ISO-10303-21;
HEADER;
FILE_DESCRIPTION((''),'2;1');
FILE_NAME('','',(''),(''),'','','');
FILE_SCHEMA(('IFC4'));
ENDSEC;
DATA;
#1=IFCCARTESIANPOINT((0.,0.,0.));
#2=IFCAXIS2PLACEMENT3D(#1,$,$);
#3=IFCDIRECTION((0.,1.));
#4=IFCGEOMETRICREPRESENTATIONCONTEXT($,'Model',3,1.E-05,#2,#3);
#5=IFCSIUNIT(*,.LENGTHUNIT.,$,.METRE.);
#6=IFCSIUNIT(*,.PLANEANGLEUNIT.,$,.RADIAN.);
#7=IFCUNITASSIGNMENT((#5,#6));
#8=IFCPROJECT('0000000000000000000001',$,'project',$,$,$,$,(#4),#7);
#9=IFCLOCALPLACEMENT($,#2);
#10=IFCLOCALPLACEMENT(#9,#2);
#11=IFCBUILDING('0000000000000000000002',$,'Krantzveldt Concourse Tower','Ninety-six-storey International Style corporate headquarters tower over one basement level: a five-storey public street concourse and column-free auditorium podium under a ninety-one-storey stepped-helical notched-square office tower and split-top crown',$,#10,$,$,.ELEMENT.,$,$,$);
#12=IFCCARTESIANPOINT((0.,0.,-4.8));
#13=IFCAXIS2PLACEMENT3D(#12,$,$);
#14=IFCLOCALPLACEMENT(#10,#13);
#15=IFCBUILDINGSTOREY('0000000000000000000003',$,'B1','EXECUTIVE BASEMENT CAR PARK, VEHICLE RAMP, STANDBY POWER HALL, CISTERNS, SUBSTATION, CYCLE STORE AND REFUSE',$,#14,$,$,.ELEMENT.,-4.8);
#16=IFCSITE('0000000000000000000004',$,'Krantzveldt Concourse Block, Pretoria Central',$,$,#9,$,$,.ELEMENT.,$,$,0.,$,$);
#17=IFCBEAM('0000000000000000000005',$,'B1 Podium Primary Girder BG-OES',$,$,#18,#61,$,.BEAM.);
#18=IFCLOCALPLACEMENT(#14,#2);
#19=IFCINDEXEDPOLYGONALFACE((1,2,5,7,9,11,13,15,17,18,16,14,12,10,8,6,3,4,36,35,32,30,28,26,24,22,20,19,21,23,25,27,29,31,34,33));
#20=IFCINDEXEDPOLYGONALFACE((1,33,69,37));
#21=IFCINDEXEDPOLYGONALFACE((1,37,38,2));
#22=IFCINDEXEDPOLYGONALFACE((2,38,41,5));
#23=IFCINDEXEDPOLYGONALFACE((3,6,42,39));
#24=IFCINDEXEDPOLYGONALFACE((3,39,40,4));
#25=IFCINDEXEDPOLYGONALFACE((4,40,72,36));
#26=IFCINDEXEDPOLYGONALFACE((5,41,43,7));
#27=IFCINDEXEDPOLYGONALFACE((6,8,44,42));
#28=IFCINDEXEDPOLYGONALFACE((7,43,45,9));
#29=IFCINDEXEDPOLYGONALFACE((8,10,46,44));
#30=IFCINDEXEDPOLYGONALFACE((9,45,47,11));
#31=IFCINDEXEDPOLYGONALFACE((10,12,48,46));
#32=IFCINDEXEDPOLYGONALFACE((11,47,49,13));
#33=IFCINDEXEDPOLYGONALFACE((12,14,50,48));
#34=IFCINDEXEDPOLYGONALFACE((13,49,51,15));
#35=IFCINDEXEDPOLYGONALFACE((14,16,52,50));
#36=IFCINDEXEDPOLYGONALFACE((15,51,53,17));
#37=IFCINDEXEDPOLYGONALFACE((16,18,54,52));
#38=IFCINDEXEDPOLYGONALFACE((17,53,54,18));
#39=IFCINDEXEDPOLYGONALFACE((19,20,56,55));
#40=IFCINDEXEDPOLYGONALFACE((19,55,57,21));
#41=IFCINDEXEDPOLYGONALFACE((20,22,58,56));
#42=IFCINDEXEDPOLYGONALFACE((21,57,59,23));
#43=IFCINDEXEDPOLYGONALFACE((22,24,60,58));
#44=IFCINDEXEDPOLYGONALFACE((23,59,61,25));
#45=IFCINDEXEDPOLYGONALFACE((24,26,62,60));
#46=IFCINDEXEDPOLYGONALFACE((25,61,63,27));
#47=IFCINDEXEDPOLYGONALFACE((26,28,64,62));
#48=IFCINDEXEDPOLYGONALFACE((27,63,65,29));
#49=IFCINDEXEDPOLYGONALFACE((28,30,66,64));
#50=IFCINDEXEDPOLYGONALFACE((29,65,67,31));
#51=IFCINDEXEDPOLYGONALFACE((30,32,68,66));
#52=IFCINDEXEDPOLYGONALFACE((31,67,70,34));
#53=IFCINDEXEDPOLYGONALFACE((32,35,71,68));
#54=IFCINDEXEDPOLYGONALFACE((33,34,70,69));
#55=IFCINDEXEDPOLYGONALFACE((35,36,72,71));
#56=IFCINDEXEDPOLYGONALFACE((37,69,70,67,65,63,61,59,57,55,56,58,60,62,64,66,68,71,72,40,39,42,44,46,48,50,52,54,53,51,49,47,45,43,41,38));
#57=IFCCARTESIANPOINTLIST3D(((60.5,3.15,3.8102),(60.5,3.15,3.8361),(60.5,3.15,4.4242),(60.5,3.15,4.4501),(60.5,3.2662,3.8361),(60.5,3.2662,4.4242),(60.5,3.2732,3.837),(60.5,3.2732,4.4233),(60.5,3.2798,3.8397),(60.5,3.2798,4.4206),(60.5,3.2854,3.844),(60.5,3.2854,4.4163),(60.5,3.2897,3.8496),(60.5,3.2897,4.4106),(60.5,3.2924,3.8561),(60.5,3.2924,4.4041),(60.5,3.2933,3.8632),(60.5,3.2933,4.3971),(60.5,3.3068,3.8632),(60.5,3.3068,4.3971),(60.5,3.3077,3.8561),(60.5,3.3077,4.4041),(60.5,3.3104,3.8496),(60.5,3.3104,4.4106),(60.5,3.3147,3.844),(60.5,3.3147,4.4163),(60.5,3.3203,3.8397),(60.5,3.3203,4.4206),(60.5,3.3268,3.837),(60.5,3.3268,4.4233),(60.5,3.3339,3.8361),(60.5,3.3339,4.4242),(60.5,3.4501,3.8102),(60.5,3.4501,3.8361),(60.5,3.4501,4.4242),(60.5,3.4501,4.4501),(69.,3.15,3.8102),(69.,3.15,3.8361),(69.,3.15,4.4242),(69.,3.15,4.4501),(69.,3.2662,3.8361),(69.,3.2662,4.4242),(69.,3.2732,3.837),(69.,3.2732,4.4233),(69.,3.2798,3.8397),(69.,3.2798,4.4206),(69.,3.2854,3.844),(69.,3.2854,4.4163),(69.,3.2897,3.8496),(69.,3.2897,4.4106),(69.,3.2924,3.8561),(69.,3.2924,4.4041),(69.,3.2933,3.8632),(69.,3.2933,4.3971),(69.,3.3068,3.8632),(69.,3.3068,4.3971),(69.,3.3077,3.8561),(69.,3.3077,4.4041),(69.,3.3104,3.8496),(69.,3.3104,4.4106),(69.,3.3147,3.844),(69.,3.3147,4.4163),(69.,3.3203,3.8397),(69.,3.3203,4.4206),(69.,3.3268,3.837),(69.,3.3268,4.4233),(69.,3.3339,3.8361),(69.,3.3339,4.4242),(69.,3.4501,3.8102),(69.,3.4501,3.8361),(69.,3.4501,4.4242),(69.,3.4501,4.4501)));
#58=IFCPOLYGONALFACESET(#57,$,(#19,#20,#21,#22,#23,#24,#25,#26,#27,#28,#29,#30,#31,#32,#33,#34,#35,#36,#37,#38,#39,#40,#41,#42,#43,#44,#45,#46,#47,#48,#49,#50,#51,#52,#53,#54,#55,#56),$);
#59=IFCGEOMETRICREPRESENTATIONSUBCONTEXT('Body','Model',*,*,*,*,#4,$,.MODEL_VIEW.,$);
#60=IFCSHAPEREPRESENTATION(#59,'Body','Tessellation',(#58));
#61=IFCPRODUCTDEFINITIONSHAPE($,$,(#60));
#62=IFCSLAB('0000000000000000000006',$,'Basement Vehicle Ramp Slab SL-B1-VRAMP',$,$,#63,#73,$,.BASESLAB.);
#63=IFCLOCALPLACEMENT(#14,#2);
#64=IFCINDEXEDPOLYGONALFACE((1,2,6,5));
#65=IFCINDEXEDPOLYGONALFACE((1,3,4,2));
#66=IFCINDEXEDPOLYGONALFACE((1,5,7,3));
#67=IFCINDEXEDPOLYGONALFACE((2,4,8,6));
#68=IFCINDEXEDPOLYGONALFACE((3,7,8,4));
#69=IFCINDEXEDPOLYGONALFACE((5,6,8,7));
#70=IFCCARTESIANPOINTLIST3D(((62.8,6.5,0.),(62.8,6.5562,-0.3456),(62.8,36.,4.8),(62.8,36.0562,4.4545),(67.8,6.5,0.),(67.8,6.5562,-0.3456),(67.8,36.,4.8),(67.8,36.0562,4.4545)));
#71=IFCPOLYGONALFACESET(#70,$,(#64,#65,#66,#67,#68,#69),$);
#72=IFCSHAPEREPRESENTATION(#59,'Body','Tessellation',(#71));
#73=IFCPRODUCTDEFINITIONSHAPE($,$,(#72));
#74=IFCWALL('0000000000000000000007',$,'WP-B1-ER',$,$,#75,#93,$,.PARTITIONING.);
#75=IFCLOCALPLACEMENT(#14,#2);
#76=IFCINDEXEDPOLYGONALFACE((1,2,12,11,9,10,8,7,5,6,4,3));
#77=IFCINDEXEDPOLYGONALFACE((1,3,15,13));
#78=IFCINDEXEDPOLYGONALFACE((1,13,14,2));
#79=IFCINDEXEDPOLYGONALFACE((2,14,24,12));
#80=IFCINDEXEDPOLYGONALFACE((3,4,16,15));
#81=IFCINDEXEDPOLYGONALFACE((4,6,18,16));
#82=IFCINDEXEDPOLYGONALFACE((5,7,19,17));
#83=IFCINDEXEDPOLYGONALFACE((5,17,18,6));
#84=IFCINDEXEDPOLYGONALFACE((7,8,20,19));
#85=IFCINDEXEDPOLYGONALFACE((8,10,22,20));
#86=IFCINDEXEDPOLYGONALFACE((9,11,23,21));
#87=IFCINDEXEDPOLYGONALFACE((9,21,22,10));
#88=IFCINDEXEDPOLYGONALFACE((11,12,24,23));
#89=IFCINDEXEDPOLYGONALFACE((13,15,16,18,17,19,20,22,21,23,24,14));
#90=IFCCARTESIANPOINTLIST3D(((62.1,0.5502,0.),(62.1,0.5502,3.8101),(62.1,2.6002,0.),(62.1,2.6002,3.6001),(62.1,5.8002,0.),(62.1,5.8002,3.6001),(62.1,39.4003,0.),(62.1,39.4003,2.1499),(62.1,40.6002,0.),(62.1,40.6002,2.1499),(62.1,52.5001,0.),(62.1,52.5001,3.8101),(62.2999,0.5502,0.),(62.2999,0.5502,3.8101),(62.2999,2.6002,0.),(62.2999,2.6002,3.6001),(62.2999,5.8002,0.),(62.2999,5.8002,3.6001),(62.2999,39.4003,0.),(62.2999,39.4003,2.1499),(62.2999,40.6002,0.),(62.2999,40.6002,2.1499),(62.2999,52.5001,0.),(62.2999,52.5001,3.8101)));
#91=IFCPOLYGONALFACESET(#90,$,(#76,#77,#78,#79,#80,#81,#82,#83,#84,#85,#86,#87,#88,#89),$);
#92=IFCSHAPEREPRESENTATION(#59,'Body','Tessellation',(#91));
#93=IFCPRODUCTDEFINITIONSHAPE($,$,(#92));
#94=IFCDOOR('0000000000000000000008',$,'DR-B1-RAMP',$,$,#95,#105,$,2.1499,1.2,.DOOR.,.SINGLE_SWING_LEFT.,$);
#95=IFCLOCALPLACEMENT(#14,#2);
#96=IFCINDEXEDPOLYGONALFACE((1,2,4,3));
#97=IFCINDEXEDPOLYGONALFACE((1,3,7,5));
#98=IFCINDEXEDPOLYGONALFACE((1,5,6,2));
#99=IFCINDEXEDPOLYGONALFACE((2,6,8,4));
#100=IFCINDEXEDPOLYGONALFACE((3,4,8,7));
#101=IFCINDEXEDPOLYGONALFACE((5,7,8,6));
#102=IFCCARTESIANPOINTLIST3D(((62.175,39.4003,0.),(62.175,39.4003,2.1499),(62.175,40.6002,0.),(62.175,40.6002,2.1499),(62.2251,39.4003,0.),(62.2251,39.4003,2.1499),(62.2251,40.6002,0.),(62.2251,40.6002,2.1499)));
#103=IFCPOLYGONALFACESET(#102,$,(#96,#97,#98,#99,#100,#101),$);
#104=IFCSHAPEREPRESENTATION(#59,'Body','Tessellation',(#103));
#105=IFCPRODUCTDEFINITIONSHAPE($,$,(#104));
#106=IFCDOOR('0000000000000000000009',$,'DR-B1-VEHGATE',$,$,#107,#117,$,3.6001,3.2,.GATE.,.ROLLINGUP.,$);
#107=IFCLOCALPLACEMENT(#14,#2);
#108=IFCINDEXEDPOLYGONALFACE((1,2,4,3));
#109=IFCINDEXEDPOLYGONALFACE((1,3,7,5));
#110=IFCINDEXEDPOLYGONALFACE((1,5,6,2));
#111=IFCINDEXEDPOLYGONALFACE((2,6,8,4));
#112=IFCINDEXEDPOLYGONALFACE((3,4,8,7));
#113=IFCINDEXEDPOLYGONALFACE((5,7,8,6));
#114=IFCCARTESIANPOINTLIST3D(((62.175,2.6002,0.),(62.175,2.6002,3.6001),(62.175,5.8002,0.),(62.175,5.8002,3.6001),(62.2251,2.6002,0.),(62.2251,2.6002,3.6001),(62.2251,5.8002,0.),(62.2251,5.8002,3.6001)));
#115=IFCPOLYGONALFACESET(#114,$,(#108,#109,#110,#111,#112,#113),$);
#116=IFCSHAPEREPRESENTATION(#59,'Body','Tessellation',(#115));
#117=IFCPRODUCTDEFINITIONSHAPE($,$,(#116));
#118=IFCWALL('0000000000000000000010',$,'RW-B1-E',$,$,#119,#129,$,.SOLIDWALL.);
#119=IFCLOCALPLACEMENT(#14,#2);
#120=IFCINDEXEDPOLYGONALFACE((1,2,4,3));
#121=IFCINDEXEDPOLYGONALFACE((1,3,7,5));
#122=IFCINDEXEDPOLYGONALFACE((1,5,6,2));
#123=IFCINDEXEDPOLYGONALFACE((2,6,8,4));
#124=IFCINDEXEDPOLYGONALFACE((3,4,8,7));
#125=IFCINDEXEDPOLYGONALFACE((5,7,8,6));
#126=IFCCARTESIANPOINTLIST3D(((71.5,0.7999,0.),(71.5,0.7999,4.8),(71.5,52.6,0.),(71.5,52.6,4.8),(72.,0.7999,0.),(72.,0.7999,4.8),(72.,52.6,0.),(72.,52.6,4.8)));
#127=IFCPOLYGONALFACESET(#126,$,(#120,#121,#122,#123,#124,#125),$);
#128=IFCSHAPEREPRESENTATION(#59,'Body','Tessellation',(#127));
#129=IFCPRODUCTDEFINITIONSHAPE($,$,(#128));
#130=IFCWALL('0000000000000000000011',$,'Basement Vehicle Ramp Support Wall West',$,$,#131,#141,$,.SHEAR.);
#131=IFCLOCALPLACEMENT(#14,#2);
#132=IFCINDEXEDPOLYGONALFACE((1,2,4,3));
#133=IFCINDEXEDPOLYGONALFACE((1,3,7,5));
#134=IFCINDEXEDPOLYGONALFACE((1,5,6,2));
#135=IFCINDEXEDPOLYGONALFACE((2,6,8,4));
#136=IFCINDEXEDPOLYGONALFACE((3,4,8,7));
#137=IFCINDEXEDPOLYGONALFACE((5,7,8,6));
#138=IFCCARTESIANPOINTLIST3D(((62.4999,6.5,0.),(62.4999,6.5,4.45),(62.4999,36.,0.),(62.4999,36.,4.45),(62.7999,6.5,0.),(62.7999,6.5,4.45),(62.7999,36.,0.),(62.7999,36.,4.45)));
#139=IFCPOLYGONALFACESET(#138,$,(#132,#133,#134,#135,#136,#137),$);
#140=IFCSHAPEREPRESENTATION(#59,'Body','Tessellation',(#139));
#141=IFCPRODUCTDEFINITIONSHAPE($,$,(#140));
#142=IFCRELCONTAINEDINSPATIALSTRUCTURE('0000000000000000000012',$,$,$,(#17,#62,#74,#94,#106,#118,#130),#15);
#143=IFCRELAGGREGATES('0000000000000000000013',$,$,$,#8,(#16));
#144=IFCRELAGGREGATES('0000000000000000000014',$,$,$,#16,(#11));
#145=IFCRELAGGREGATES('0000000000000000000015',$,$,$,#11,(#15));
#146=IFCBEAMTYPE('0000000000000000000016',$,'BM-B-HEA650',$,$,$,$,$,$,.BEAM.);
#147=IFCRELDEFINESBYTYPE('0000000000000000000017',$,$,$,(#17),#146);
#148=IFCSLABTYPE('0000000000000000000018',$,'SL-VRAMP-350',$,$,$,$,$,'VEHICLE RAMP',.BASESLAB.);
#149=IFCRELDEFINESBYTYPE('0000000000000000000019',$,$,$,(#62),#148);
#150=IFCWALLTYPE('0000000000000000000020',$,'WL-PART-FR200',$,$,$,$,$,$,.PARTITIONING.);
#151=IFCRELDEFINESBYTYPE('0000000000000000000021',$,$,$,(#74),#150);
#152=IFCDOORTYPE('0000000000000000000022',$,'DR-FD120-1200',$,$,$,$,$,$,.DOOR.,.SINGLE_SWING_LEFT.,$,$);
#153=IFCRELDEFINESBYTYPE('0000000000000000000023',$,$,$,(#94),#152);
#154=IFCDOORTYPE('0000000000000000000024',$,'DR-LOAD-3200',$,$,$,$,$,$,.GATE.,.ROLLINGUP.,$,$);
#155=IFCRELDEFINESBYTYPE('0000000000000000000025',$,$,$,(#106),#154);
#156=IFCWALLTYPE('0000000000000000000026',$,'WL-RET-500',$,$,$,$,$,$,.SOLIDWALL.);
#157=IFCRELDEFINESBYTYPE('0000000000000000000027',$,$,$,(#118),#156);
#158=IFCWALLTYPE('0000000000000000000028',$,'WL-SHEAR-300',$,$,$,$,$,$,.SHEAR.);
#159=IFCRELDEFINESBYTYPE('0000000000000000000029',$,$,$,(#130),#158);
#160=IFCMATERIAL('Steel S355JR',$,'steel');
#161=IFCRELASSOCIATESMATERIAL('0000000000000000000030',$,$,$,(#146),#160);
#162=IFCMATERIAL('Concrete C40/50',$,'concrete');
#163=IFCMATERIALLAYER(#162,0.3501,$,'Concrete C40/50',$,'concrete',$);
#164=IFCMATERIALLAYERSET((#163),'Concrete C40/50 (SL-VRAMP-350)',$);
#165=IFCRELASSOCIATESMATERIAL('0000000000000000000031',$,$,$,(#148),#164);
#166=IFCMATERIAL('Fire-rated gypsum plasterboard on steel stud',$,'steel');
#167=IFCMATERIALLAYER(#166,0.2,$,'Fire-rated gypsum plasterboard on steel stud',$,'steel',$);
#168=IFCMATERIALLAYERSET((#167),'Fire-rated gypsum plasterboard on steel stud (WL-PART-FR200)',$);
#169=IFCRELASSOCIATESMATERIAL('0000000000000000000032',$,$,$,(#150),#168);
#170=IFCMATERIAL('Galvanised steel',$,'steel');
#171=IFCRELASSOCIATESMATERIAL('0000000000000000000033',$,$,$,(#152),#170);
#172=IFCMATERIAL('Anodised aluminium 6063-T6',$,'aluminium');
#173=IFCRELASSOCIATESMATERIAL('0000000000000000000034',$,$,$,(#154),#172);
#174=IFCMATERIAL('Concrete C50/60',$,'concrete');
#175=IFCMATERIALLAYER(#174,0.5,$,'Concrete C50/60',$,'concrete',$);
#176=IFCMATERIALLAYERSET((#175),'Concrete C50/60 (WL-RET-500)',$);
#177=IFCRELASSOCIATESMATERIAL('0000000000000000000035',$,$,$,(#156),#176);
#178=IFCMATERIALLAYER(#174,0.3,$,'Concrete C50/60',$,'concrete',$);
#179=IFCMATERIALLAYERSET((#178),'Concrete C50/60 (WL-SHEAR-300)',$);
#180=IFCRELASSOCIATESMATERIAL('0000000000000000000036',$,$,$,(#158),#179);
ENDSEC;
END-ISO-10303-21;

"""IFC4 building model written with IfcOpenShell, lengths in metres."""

from ifc_helpers import new_model, si_unit, direction, frame, frame_2d, origin, origin_2d, place, context, subcontext, project, spatial, polyline, rectangle, i_section, outline, extrude, source, transform, mapped, material, layer, layer_set, material_profile, profile_set, type_object, type_shapes, element, fill, save


model = new_model("IFC4")

# Units and contexts
model_context = context("Model", 3, precision=1e-05, world=origin(), true_north=direction((0.0, 1.0)))
body_context = subcontext(model_context, "Body", "Model", "MODEL_VIEW")
ifc_project = project(units=[si_unit("LENGTHUNIT", "METRE"), si_unit("PLANEANGLEUNIT", "RADIAN")], contexts=[model_context])

# Site, building, storey
site_placement = place(None, origin())
site = spatial("IfcSite", under=ifc_project, at=site_placement, Name="Krantzveldt Concourse Block, Pretoria Central", CompositionType="ELEMENT", RefElevation=0.0)
building_placement = place(site_placement, origin())
building = spatial("IfcBuilding", under=site, at=building_placement, Name="Krantzveldt Concourse Tower", Description="Ninety-six-storey International Style corporate headquarters tower over one basement level: a five-storey public street concourse and column-free auditorium podium under a ninety-one-storey stepped-helical notched-square office tower and split-top crown", CompositionType="ELEMENT")
storey_placement = place(building_placement, frame((0.0, 0.0, -4.8)))
storey = spatial("IfcBuildingStorey", under=building, at=storey_placement, Name="B1", Description="EXECUTIVE BASEMENT CAR PARK, VEHICLE RAMP, STANDBY POWER HALL, CISTERNS, SUBSTATION, CYCLE STORE AND REFUSE", CompositionType="ELEMENT", Elevation=-4.8)

# Shared definitions
ifc_material_1 = material(Name="Concrete C50/60", Category="concrete")

# Shared definitions
ifc_material_2 = material(Name="Concrete C40/50", Category="concrete")

# Beam
ifc_material_3 = material(Name="Steel S355JR", Category="steel")
ifc_material_profile_1 = material_profile(ifc_material_3, i_section(OverallWidth=0.3, OverallDepth=0.6399, WebThickness=0.0134, FlangeThickness=0.0259, FilletRadius=0.0271, at=origin_2d()), Name="Steel S355JR", Category="steel")
ifc_profile_set_1 = profile_set([ifc_material_profile_1], Name="Steel S355JR - HEA 650")
beam_type_1 = type_object("IfcBeamType", Name="BM-B-HEA650", PredefinedType="BEAM", material=ifc_profile_set_1)
shared_shape_1 = source(origin(), body_context, "Body", "SweptSolid", [
    extrude(i_section(OverallWidth=0.3, OverallDepth=0.6399, WebThickness=0.0134, FlangeThickness=0.0259, FilletRadius=0.0271, at=origin_2d()), origin(), (0.0, 0.0, 1.0), 8.5),
])
type_shapes(beam_type_1, [shared_shape_1])
beam_placement = place(storey_placement, frame((60.5, 3.3, 4.1301), z_axis=(1.0, 0.0, 0.0), x_axis=(0.0, 1.0, 0.0)))
element("IfcBeam", 1, at=beam_placement, inside=storey, type_object=beam_type_1, Name="B1 Podium Primary Girder BG-OES", PredefinedType="BEAM", context=body_context, shape_type="MappedRepresentation", body=[
    mapped(shared_shape_1, transform((0.0, 0.0, 0.0), x_axis=(1.0, 0.0, 0.0), y_axis=(0.0, 1.0, 0.0), z_axis=(0.0, 0.0, 1.0), scale=1.0)),
])

# Slab
ifc_layer_1 = layer(ifc_material_2, 0.3501, Name="Concrete C40/50", Category="concrete")
ifc_layer_set_1 = layer_set([ifc_layer_1], Name="Concrete C40/50 (SL-VRAMP-350)")
slab_type = type_object("IfcSlabType", Name="SL-VRAMP-350", ElementType="VEHICLE RAMP", PredefinedType="BASESLAB", material=ifc_layer_set_1)
slab_placement = place(storey_placement, frame((62.8, 6.5, 0.0), z_axis=(0.0, -0.160601, 0.987019), x_axis=(1.0, 0.0, 0.0)))
element("IfcSlab", 2, at=slab_placement, inside=storey, type_object=slab_type, Name="Basement Vehicle Ramp Slab SL-B1-VRAMP", PredefinedType="BASESLAB", context=body_context, shape_type="SweptSolid", body=[
    extrude(outline(polyline([(0.0, 0.0), (5.0, 0.0), (5.0, 29.888), (0.0, 29.888), (0.0, 0.0)])), origin(), (0.0, 0.0, -1.0), 0.3501),
])

# Wall, openings, doors
ifc_material_4 = material(Name="Fire-rated gypsum plasterboard on steel stud", Category="steel")
ifc_layer_2 = layer(ifc_material_4, 0.2, Name="Fire-rated gypsum plasterboard on steel stud", Category="steel")
ifc_layer_set_2 = layer_set([ifc_layer_2], Name="Fire-rated gypsum plasterboard on steel stud (WL-PART-FR200)")
wall_type_1 = type_object("IfcWallType", Name="WL-PART-FR200", PredefinedType="PARTITIONING", material=ifc_layer_set_2)
wall_1_placement = place(storey_placement, frame((62.2, 0.55, 0.0), z_axis=(0.0, 0.0, 1.0), x_axis=(0.0, 1.0, 0.0)))
wall_1 = element("IfcWall", 3, at=wall_1_placement, inside=storey, type_object=wall_type_1, Name="WP-B1-ER", PredefinedType="PARTITIONING", context=body_context, shape_type="SweptSolid", body=[
    extrude(rectangle(XDim=51.95, YDim=0.2, at=frame_2d((25.9751, 0.0))), origin(), (0.0, 0.0, 1.0), 3.8101),
])
opening_1_placement = place(wall_1_placement, frame((2.05, 0.0, 0.0)))
opening_1 = element("IfcOpeningElement", 4, at=opening_1_placement, cuts=wall_1, PredefinedType="OPENING", context=body_context, shape_type="SweptSolid", body=[
    extrude(rectangle(XDim=3.2, YDim=3.6001, at=frame_2d((1.6001, 1.8))), frame((0.0, 0.1099, 0.0), z_axis=(0.0, -1.0, 0.0), x_axis=(1.0, 0.0, 0.0)), (0.0, 0.0, 1.0), 0.22),
])
opening_2_placement = place(wall_1_placement, frame((38.8501, 0.0, 0.0)))
opening_2 = element("IfcOpeningElement", 5, at=opening_2_placement, cuts=wall_1, PredefinedType="OPENING", context=body_context, shape_type="SweptSolid", body=[
    extrude(rectangle(XDim=1.2, YDim=2.1499, at=frame_2d((0.6001, 1.075))), frame((0.0, 0.1099, 0.0), z_axis=(0.0, -1.0, 0.0), x_axis=(1.0, 0.0, 0.0)), (0.0, 0.0, 1.0), 0.22),
])
ifc_material_5 = material(Name="Galvanised steel", Category="steel")
door_type_1 = type_object("IfcDoorType", Name="DR-FD120-1200", OperationType="SINGLE_SWING_LEFT", PredefinedType="DOOR", material=ifc_material_5)
door_1_placement = place(opening_2_placement, origin())
door_1 = element("IfcDoor", 6, at=door_1_placement, inside=storey, type_object=door_type_1, Name="DR-B1-RAMP", OperationType="SINGLE_SWING_LEFT", OverallHeight=2.1499, OverallWidth=1.2, PredefinedType="DOOR", context=body_context, shape_type="SweptSolid", body=[
    extrude(rectangle(XDim=1.2, YDim=2.1499, at=frame_2d((0.6001, 1.075))), frame((0.0, 0.0249, 0.0), z_axis=(0.0, -1.0, 0.0), x_axis=(1.0, 0.0, 0.0)), (0.0, 0.0, 1.0), 0.05),
])
fill(opening_2, door_1)
ifc_material_6 = material(Name="Anodised aluminium 6063-T6", Category="aluminium")
door_type_2 = type_object("IfcDoorType", Name="DR-LOAD-3200", OperationType="ROLLINGUP", PredefinedType="GATE", material=ifc_material_6)
door_2_placement = place(opening_1_placement, origin())
door_2 = element("IfcDoor", 7, at=door_2_placement, inside=storey, type_object=door_type_2, Name="DR-B1-VEHGATE", OperationType="ROLLINGUP", OverallHeight=3.6001, OverallWidth=3.2, PredefinedType="GATE", context=body_context, shape_type="SweptSolid", body=[
    extrude(rectangle(XDim=3.2, YDim=3.6001, at=frame_2d((1.6001, 1.8))), frame((0.0, 0.0249, 0.0), z_axis=(0.0, -1.0, 0.0), x_axis=(1.0, 0.0, 0.0)), (0.0, 0.0, 1.0), 0.05),
])
fill(opening_1, door_2)

# Walls
ifc_layer_3 = layer(ifc_material_1, 0.5, Name="Concrete C50/60", Category="concrete")
ifc_layer_set_3 = layer_set([ifc_layer_3], Name="Concrete C50/60 (WL-RET-500)")
wall_type_2 = type_object("IfcWallType", Name="WL-RET-500", PredefinedType="SOLIDWALL", material=ifc_layer_set_3)
wall_2_placement = place(storey_placement, frame((71.75, 0.8, 0.0), z_axis=(0.0, 0.0, 1.0), x_axis=(0.0, 1.0, 0.0)))
element("IfcWall", 8, at=wall_2_placement, inside=storey, type_object=wall_type_2, Name="RW-B1-E", PredefinedType="SOLIDWALL", context=body_context, shape_type="SweptSolid", body=[
    extrude(rectangle(XDim=51.8, YDim=0.5, at=frame_2d((25.8999, 0.0))), origin(), (0.0, 0.0, 1.0), 4.8),
])
ifc_layer_4 = layer(ifc_material_1, 0.3, Name="Concrete C50/60", Category="concrete")
ifc_layer_set_4 = layer_set([ifc_layer_4], Name="Concrete C50/60 (WL-SHEAR-300)")
wall_type_3 = type_object("IfcWallType", Name="WL-SHEAR-300", PredefinedType="SHEAR", material=ifc_layer_set_4)
wall_3_placement = place(storey_placement, frame((62.6499, 6.5, 0.0), z_axis=(0.0, 0.0, 1.0), x_axis=(0.0, 1.0, 0.0)))
element("IfcWall", 9, at=wall_3_placement, inside=storey, type_object=wall_type_3, Name="Basement Vehicle Ramp Support Wall West", PredefinedType="SHEAR", context=body_context, shape_type="SweptSolid", body=[
    extrude(rectangle(XDim=29.5, YDim=0.3, at=frame_2d((14.75, 0.0))), origin(), (0.0, 0.0, 1.0), 4.45),
])

save(model, "model.ifc")
